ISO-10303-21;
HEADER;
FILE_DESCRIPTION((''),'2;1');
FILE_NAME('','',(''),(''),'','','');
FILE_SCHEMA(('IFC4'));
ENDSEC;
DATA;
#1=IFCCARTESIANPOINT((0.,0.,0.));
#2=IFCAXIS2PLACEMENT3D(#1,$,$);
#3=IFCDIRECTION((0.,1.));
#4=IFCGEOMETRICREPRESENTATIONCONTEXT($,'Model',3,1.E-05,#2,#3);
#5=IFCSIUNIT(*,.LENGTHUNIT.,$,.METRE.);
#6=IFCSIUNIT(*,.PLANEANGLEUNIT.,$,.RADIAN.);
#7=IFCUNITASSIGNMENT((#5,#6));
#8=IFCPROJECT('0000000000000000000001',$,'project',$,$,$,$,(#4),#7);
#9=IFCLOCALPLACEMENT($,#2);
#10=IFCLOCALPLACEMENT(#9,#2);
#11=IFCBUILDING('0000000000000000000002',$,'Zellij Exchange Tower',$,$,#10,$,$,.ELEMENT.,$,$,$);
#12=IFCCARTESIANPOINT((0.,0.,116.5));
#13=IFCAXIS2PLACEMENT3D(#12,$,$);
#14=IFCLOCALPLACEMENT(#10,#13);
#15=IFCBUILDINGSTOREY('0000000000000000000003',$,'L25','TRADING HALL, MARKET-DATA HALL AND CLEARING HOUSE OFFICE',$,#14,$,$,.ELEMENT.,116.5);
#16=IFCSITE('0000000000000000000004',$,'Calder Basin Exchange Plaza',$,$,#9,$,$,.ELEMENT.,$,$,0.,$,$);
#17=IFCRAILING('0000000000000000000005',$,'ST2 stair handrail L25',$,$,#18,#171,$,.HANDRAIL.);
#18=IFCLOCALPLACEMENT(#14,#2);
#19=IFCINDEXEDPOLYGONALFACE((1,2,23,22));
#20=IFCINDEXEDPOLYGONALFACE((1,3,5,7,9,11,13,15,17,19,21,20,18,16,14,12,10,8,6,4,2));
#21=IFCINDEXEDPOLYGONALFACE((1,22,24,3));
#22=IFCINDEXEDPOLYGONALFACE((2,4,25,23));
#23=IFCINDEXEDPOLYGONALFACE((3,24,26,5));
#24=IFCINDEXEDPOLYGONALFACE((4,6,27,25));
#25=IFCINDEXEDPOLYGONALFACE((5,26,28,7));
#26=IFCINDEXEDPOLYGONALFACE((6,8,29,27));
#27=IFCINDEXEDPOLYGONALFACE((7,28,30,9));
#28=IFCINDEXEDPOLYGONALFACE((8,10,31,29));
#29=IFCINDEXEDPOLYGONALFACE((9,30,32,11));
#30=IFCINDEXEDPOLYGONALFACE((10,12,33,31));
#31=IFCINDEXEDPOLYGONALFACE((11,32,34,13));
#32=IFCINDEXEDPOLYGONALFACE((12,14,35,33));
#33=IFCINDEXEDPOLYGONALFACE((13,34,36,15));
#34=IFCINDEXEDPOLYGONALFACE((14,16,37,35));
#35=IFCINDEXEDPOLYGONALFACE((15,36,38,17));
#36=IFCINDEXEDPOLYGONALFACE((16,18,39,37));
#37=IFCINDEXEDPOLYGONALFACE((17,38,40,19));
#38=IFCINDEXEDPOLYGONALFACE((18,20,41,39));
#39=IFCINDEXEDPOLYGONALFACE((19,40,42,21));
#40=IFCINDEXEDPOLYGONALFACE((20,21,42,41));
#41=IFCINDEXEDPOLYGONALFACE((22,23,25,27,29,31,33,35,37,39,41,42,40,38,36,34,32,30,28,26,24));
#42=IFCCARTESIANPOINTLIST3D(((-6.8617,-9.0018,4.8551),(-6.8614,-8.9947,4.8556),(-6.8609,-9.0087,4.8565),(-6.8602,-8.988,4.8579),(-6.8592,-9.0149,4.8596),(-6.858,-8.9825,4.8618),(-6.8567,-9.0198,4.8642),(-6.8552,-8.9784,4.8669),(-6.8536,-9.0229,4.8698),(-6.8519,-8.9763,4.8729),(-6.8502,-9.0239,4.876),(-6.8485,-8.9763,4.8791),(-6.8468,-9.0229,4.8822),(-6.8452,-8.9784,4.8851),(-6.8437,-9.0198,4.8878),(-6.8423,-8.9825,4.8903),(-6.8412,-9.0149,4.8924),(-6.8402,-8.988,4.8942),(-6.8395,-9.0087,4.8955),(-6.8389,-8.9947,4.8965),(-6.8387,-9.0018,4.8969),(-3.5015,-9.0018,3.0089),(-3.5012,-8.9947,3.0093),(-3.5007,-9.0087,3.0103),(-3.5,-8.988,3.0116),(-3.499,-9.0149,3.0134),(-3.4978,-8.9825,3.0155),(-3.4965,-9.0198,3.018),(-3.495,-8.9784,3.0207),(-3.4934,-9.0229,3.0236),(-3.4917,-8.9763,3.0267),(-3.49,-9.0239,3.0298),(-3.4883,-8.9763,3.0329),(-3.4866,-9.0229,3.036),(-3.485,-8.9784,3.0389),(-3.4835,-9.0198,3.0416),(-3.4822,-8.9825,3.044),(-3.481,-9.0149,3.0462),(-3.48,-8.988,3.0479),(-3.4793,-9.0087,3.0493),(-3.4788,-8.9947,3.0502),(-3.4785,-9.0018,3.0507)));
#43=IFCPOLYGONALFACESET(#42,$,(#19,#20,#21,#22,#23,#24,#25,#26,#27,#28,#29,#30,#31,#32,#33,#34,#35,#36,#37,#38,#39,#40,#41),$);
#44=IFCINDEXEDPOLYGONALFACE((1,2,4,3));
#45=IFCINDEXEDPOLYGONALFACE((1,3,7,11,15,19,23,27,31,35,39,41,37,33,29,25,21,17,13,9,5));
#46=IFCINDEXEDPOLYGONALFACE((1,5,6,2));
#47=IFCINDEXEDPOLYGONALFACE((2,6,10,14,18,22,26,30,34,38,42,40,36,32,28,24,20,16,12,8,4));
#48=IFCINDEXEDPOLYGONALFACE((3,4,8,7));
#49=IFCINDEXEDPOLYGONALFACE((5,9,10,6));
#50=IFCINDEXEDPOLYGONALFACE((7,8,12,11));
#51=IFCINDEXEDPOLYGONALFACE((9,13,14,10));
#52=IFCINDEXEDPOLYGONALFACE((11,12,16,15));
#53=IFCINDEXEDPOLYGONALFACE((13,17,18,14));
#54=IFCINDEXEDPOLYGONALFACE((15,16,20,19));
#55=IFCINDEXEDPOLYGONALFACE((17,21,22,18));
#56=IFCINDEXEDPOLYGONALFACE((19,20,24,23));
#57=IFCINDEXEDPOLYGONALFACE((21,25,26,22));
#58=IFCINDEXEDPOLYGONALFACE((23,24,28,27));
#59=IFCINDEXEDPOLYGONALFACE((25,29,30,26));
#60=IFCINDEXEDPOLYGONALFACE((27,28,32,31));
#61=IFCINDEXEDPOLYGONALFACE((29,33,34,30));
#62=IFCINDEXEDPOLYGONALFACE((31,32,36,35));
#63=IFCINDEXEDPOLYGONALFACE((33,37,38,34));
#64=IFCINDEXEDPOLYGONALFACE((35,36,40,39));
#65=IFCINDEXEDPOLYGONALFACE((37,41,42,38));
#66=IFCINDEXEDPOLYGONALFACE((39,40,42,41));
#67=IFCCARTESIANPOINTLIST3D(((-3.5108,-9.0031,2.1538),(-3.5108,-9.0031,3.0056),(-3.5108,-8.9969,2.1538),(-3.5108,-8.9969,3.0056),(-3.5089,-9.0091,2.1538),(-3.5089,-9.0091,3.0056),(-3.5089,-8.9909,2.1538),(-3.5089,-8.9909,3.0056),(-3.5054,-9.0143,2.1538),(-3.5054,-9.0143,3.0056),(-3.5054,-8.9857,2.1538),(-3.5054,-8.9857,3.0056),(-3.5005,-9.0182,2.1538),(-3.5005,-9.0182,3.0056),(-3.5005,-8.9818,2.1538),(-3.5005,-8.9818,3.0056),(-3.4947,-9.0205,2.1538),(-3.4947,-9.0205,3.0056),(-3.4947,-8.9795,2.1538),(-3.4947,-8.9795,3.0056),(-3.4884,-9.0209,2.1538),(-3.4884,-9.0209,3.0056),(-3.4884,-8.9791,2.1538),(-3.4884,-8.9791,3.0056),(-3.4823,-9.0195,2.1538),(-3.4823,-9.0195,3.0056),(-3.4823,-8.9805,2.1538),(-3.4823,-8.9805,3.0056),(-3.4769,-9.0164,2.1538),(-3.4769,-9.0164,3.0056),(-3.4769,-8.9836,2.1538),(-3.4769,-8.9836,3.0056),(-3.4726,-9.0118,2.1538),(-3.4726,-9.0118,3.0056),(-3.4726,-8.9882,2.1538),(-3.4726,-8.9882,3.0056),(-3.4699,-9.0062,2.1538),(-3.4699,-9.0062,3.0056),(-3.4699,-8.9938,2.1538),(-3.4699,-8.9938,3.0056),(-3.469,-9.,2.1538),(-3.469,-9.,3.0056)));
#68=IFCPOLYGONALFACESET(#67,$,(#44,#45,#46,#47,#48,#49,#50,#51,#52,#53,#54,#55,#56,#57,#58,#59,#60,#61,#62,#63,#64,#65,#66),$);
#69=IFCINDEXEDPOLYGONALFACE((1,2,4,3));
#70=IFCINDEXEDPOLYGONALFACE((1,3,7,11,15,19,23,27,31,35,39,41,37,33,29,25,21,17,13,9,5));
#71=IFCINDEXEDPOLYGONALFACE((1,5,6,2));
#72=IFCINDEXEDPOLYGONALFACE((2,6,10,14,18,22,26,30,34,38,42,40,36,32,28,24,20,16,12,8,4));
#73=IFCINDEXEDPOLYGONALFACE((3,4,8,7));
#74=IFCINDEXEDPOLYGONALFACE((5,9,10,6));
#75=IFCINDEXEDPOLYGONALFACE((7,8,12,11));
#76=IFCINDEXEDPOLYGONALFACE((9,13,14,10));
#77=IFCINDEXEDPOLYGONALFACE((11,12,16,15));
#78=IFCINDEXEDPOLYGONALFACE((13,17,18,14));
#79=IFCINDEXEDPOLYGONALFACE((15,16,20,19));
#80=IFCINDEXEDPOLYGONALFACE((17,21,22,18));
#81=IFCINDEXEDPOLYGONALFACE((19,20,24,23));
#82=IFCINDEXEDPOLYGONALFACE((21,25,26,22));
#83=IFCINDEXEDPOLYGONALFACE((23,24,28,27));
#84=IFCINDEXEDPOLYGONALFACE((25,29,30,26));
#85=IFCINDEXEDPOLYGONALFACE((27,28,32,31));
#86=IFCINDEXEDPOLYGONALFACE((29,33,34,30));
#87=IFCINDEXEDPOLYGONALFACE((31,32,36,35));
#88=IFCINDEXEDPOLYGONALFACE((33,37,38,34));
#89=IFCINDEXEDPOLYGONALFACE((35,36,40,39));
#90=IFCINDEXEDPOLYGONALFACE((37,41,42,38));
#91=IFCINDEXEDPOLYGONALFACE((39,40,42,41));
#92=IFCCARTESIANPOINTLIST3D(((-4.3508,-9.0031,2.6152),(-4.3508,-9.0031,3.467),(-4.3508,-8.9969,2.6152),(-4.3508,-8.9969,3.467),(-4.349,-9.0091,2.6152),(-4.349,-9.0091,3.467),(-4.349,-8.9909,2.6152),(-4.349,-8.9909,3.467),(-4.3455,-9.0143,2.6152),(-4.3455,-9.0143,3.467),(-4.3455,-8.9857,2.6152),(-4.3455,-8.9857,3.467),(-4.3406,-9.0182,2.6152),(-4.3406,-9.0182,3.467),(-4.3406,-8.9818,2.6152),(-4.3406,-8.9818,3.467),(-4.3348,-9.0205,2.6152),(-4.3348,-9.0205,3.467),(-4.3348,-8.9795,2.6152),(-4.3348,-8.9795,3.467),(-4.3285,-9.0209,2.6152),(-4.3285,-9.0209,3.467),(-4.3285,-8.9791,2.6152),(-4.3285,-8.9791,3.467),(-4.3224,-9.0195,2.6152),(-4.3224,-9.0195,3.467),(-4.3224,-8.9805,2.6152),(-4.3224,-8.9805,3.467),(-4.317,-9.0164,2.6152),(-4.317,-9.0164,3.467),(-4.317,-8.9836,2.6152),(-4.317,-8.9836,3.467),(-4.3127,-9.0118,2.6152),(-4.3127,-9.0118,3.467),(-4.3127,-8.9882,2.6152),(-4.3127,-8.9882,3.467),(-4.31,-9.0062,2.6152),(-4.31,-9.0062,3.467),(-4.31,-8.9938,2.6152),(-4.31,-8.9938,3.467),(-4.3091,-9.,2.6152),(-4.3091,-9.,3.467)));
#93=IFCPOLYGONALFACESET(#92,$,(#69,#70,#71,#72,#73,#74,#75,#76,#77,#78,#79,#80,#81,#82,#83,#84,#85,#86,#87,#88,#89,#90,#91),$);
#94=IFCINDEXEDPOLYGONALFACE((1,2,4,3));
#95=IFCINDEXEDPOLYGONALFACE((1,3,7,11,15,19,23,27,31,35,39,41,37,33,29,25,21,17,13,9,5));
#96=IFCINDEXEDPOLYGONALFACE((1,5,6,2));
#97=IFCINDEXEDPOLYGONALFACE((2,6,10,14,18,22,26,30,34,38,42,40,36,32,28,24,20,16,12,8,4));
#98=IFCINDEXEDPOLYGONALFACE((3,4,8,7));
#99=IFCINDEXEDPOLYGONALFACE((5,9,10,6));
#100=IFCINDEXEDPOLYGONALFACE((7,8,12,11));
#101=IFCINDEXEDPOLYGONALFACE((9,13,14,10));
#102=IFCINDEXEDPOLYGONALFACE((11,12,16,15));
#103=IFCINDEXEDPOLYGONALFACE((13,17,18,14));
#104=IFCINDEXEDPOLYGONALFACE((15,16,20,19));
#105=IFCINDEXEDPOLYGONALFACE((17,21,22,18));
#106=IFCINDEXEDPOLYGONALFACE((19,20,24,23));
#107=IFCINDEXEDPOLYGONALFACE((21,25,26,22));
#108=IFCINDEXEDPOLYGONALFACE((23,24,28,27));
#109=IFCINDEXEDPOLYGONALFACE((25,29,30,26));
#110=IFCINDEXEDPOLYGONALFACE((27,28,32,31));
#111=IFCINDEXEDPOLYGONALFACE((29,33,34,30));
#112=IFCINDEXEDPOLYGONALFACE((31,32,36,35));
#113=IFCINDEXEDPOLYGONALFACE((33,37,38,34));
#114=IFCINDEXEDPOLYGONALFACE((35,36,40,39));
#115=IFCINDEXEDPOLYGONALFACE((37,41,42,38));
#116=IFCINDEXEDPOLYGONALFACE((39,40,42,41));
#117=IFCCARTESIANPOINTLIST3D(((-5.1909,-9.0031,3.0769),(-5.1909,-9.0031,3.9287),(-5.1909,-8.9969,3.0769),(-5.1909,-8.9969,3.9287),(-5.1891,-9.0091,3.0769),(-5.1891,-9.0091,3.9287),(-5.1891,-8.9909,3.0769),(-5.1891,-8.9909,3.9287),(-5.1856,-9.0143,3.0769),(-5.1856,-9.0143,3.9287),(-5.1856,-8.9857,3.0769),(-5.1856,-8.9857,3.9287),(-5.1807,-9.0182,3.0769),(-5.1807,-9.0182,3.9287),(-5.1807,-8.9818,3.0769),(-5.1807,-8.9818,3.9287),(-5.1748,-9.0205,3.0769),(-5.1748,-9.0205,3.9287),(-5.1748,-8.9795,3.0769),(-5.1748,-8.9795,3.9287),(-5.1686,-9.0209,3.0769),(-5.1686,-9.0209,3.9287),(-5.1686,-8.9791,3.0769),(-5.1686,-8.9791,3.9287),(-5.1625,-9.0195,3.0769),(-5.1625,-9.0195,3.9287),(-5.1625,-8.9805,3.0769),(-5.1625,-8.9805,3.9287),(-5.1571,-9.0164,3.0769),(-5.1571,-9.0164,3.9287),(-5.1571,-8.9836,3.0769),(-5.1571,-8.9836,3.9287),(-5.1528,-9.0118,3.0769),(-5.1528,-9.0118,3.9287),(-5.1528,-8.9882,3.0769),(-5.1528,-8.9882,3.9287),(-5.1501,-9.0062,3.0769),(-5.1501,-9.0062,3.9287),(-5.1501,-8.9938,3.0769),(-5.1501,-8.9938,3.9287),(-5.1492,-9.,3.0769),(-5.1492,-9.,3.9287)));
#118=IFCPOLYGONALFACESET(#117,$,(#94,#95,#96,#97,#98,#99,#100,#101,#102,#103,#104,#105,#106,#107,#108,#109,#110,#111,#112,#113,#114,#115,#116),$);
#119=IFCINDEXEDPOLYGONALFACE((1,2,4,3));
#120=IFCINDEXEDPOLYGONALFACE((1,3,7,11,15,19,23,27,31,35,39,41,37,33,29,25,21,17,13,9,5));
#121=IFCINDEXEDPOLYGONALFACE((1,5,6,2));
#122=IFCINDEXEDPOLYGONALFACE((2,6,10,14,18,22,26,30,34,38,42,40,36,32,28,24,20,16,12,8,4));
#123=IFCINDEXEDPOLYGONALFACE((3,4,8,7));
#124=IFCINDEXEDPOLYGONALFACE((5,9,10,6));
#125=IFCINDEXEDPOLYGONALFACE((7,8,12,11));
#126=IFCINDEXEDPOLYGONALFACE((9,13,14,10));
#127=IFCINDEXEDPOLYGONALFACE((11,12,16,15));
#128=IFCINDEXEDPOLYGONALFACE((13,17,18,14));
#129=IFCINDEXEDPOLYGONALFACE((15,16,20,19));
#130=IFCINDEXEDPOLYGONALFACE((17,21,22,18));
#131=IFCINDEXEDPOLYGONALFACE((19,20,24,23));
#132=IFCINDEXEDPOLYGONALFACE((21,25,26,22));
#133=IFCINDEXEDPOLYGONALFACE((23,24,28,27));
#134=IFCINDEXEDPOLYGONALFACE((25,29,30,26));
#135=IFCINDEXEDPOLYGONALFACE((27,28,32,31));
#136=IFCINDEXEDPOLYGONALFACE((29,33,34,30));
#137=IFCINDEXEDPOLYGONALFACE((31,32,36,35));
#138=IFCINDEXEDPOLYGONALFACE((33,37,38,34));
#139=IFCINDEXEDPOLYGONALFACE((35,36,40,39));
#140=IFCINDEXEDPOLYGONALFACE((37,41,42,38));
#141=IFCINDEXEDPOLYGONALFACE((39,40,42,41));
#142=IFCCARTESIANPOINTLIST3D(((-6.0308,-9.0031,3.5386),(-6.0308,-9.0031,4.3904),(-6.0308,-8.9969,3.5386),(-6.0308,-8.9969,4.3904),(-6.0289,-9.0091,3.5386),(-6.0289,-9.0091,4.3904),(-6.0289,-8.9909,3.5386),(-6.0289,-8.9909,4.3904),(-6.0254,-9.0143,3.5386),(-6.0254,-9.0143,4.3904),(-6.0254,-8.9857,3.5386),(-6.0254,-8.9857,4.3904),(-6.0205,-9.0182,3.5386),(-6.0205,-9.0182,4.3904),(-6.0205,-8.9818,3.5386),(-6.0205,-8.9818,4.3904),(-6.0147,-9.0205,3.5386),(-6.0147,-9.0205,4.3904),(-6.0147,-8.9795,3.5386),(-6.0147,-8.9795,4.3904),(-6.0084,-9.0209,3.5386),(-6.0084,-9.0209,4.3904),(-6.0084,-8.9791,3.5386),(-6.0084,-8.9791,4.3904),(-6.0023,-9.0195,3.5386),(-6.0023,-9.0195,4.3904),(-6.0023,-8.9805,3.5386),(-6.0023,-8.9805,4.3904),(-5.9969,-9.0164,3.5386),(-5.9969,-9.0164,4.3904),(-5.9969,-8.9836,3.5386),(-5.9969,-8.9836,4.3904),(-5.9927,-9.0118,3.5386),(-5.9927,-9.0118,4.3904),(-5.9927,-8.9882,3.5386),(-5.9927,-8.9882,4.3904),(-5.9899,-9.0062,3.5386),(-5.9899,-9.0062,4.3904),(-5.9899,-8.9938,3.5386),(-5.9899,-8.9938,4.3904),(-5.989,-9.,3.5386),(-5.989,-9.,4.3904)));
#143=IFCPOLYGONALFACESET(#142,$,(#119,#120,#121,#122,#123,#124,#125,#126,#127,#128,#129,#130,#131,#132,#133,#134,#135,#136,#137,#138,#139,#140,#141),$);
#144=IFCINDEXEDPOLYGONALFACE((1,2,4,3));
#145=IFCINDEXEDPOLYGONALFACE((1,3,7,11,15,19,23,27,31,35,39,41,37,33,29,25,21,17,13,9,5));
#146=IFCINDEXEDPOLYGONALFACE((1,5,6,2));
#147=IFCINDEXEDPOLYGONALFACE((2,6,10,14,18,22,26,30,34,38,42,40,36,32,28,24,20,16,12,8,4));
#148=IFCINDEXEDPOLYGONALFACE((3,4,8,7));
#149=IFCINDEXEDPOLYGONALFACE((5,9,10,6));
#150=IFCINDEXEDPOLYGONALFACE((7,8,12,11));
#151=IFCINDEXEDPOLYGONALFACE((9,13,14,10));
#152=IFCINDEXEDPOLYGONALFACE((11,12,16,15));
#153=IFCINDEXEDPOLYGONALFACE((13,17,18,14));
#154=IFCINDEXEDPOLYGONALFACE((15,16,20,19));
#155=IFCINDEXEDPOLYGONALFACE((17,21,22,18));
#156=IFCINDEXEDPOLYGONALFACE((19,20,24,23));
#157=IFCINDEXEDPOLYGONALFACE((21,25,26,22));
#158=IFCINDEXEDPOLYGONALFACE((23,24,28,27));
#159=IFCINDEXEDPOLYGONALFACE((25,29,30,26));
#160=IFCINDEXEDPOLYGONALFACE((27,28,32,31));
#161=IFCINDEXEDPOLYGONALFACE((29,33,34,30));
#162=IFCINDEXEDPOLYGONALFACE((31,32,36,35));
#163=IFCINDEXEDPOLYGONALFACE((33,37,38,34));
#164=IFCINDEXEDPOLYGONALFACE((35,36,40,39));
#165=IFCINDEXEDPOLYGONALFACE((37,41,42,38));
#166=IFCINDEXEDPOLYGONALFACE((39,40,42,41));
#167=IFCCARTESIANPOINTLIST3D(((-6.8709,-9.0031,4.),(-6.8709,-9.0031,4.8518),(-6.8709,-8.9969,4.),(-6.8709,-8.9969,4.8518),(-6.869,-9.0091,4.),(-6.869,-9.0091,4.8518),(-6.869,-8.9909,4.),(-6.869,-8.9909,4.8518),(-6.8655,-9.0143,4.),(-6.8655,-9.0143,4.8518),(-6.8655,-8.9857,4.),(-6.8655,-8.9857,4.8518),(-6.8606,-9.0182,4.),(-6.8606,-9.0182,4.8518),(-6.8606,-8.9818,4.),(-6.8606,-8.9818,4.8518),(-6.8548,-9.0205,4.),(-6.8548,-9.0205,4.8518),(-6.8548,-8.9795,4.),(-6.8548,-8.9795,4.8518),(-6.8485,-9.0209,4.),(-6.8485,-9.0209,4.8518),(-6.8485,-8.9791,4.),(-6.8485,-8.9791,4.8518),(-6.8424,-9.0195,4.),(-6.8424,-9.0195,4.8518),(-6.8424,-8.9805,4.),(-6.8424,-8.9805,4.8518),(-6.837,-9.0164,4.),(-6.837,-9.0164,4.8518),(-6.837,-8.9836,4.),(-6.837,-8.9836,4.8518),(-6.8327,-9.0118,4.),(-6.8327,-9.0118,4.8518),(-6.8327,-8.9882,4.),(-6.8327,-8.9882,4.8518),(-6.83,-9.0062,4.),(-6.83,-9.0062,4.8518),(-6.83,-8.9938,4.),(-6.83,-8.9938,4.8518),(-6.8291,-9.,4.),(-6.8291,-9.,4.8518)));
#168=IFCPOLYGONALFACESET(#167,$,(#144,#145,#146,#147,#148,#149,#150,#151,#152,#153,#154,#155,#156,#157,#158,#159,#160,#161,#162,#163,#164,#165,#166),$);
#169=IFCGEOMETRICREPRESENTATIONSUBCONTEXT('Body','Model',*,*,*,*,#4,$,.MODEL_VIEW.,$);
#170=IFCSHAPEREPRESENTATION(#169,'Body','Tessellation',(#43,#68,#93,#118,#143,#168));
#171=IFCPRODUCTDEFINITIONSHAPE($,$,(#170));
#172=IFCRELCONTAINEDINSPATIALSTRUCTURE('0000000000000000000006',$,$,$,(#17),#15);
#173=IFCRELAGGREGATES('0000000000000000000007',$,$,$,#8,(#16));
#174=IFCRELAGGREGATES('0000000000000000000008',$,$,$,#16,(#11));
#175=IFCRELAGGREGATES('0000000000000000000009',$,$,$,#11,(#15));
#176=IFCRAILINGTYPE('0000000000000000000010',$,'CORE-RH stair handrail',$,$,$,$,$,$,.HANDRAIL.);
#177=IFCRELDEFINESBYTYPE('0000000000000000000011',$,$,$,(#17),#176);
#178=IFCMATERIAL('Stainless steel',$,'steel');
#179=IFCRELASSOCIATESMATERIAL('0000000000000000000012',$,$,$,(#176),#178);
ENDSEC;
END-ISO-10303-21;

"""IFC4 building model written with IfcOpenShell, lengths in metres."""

from ifc_helpers import new_model, si_unit, direction, frame, origin, origin_2d, place, context, subcontext, project, spatial, circle, extrude, material, type_object, element, save


model = new_model("IFC4")

# Units and contexts
model_context = context("Model", 3, precision=1e-05, world=origin(), true_north=direction((0.0, 1.0)))
body_context = subcontext(model_context, "Body", "Model", "MODEL_VIEW")
ifc_project = project(units=[si_unit("LENGTHUNIT", "METRE"), si_unit("PLANEANGLEUNIT", "RADIAN")], contexts=[model_context])

# Site, building, storey
site_placement = place(None, origin())
site = spatial("IfcSite", under=ifc_project, at=site_placement, Name="Calder Basin Exchange Plaza", CompositionType="ELEMENT", RefElevation=0.0)
building_placement = place(site_placement, origin())
building = spatial("IfcBuilding", under=site, at=building_placement, Name="Zellij Exchange Tower", CompositionType="ELEMENT")
storey_placement = place(building_placement, frame((0.0, 0.0, 116.5)))
storey = spatial("IfcBuildingStorey", under=building, at=storey_placement, Name="L25", Description="TRADING HALL, MARKET-DATA HALL AND CLEARING HOUSE OFFICE", CompositionType="ELEMENT", Elevation=116.5)

# Railing
ifc_material_1 = material(Name="Stainless steel", Category="steel")
railing_type_1 = type_object("IfcRailingType", Name="CORE-RH stair handrail", PredefinedType="HANDRAIL", material=ifc_material_1)
railing_1_placement = place(storey_placement, frame((-3.49, -9.0, 2.1538)))
element("IfcRailing", 1, at=railing_1_placement, inside=storey, type_object=railing_type_1, Name="ST2 stair handrail L25", PredefinedType="HANDRAIL", context=body_context, shape_type="SweptSolid", body=[
    extrude(circle(Radius=0.0239, at=origin_2d()), frame((0.0, 0.0, 0.876), z_axis=(-0.876422, 0.0, 0.481545), x_axis=(0.0, -1.0, 0.0)), (0.0, 0.0, 1.0), 3.834),
    extrude(circle(Radius=0.021, at=origin_2d()), origin(), (0.0, 0.0, 1.0), 0.8518),
    extrude(circle(Radius=0.021, at=origin_2d()), frame((-0.8401, 0.0, 0.4614)), (0.0, 0.0, 1.0), 0.8518),
    extrude(circle(Radius=0.021, at=origin_2d()), frame((-1.6802, 0.0, 0.9231)), (0.0, 0.0, 1.0), 0.8518),
    extrude(circle(Radius=0.021, at=origin_2d()), frame((-2.52, 0.0, 1.3848)), (0.0, 0.0, 1.0), 0.8518),
    extrude(circle(Radius=0.021, at=origin_2d()), frame((-3.3601, 0.0, 1.8462)), (0.0, 0.0, 1.0), 0.8518),
])

save(model, "model.ifc")
